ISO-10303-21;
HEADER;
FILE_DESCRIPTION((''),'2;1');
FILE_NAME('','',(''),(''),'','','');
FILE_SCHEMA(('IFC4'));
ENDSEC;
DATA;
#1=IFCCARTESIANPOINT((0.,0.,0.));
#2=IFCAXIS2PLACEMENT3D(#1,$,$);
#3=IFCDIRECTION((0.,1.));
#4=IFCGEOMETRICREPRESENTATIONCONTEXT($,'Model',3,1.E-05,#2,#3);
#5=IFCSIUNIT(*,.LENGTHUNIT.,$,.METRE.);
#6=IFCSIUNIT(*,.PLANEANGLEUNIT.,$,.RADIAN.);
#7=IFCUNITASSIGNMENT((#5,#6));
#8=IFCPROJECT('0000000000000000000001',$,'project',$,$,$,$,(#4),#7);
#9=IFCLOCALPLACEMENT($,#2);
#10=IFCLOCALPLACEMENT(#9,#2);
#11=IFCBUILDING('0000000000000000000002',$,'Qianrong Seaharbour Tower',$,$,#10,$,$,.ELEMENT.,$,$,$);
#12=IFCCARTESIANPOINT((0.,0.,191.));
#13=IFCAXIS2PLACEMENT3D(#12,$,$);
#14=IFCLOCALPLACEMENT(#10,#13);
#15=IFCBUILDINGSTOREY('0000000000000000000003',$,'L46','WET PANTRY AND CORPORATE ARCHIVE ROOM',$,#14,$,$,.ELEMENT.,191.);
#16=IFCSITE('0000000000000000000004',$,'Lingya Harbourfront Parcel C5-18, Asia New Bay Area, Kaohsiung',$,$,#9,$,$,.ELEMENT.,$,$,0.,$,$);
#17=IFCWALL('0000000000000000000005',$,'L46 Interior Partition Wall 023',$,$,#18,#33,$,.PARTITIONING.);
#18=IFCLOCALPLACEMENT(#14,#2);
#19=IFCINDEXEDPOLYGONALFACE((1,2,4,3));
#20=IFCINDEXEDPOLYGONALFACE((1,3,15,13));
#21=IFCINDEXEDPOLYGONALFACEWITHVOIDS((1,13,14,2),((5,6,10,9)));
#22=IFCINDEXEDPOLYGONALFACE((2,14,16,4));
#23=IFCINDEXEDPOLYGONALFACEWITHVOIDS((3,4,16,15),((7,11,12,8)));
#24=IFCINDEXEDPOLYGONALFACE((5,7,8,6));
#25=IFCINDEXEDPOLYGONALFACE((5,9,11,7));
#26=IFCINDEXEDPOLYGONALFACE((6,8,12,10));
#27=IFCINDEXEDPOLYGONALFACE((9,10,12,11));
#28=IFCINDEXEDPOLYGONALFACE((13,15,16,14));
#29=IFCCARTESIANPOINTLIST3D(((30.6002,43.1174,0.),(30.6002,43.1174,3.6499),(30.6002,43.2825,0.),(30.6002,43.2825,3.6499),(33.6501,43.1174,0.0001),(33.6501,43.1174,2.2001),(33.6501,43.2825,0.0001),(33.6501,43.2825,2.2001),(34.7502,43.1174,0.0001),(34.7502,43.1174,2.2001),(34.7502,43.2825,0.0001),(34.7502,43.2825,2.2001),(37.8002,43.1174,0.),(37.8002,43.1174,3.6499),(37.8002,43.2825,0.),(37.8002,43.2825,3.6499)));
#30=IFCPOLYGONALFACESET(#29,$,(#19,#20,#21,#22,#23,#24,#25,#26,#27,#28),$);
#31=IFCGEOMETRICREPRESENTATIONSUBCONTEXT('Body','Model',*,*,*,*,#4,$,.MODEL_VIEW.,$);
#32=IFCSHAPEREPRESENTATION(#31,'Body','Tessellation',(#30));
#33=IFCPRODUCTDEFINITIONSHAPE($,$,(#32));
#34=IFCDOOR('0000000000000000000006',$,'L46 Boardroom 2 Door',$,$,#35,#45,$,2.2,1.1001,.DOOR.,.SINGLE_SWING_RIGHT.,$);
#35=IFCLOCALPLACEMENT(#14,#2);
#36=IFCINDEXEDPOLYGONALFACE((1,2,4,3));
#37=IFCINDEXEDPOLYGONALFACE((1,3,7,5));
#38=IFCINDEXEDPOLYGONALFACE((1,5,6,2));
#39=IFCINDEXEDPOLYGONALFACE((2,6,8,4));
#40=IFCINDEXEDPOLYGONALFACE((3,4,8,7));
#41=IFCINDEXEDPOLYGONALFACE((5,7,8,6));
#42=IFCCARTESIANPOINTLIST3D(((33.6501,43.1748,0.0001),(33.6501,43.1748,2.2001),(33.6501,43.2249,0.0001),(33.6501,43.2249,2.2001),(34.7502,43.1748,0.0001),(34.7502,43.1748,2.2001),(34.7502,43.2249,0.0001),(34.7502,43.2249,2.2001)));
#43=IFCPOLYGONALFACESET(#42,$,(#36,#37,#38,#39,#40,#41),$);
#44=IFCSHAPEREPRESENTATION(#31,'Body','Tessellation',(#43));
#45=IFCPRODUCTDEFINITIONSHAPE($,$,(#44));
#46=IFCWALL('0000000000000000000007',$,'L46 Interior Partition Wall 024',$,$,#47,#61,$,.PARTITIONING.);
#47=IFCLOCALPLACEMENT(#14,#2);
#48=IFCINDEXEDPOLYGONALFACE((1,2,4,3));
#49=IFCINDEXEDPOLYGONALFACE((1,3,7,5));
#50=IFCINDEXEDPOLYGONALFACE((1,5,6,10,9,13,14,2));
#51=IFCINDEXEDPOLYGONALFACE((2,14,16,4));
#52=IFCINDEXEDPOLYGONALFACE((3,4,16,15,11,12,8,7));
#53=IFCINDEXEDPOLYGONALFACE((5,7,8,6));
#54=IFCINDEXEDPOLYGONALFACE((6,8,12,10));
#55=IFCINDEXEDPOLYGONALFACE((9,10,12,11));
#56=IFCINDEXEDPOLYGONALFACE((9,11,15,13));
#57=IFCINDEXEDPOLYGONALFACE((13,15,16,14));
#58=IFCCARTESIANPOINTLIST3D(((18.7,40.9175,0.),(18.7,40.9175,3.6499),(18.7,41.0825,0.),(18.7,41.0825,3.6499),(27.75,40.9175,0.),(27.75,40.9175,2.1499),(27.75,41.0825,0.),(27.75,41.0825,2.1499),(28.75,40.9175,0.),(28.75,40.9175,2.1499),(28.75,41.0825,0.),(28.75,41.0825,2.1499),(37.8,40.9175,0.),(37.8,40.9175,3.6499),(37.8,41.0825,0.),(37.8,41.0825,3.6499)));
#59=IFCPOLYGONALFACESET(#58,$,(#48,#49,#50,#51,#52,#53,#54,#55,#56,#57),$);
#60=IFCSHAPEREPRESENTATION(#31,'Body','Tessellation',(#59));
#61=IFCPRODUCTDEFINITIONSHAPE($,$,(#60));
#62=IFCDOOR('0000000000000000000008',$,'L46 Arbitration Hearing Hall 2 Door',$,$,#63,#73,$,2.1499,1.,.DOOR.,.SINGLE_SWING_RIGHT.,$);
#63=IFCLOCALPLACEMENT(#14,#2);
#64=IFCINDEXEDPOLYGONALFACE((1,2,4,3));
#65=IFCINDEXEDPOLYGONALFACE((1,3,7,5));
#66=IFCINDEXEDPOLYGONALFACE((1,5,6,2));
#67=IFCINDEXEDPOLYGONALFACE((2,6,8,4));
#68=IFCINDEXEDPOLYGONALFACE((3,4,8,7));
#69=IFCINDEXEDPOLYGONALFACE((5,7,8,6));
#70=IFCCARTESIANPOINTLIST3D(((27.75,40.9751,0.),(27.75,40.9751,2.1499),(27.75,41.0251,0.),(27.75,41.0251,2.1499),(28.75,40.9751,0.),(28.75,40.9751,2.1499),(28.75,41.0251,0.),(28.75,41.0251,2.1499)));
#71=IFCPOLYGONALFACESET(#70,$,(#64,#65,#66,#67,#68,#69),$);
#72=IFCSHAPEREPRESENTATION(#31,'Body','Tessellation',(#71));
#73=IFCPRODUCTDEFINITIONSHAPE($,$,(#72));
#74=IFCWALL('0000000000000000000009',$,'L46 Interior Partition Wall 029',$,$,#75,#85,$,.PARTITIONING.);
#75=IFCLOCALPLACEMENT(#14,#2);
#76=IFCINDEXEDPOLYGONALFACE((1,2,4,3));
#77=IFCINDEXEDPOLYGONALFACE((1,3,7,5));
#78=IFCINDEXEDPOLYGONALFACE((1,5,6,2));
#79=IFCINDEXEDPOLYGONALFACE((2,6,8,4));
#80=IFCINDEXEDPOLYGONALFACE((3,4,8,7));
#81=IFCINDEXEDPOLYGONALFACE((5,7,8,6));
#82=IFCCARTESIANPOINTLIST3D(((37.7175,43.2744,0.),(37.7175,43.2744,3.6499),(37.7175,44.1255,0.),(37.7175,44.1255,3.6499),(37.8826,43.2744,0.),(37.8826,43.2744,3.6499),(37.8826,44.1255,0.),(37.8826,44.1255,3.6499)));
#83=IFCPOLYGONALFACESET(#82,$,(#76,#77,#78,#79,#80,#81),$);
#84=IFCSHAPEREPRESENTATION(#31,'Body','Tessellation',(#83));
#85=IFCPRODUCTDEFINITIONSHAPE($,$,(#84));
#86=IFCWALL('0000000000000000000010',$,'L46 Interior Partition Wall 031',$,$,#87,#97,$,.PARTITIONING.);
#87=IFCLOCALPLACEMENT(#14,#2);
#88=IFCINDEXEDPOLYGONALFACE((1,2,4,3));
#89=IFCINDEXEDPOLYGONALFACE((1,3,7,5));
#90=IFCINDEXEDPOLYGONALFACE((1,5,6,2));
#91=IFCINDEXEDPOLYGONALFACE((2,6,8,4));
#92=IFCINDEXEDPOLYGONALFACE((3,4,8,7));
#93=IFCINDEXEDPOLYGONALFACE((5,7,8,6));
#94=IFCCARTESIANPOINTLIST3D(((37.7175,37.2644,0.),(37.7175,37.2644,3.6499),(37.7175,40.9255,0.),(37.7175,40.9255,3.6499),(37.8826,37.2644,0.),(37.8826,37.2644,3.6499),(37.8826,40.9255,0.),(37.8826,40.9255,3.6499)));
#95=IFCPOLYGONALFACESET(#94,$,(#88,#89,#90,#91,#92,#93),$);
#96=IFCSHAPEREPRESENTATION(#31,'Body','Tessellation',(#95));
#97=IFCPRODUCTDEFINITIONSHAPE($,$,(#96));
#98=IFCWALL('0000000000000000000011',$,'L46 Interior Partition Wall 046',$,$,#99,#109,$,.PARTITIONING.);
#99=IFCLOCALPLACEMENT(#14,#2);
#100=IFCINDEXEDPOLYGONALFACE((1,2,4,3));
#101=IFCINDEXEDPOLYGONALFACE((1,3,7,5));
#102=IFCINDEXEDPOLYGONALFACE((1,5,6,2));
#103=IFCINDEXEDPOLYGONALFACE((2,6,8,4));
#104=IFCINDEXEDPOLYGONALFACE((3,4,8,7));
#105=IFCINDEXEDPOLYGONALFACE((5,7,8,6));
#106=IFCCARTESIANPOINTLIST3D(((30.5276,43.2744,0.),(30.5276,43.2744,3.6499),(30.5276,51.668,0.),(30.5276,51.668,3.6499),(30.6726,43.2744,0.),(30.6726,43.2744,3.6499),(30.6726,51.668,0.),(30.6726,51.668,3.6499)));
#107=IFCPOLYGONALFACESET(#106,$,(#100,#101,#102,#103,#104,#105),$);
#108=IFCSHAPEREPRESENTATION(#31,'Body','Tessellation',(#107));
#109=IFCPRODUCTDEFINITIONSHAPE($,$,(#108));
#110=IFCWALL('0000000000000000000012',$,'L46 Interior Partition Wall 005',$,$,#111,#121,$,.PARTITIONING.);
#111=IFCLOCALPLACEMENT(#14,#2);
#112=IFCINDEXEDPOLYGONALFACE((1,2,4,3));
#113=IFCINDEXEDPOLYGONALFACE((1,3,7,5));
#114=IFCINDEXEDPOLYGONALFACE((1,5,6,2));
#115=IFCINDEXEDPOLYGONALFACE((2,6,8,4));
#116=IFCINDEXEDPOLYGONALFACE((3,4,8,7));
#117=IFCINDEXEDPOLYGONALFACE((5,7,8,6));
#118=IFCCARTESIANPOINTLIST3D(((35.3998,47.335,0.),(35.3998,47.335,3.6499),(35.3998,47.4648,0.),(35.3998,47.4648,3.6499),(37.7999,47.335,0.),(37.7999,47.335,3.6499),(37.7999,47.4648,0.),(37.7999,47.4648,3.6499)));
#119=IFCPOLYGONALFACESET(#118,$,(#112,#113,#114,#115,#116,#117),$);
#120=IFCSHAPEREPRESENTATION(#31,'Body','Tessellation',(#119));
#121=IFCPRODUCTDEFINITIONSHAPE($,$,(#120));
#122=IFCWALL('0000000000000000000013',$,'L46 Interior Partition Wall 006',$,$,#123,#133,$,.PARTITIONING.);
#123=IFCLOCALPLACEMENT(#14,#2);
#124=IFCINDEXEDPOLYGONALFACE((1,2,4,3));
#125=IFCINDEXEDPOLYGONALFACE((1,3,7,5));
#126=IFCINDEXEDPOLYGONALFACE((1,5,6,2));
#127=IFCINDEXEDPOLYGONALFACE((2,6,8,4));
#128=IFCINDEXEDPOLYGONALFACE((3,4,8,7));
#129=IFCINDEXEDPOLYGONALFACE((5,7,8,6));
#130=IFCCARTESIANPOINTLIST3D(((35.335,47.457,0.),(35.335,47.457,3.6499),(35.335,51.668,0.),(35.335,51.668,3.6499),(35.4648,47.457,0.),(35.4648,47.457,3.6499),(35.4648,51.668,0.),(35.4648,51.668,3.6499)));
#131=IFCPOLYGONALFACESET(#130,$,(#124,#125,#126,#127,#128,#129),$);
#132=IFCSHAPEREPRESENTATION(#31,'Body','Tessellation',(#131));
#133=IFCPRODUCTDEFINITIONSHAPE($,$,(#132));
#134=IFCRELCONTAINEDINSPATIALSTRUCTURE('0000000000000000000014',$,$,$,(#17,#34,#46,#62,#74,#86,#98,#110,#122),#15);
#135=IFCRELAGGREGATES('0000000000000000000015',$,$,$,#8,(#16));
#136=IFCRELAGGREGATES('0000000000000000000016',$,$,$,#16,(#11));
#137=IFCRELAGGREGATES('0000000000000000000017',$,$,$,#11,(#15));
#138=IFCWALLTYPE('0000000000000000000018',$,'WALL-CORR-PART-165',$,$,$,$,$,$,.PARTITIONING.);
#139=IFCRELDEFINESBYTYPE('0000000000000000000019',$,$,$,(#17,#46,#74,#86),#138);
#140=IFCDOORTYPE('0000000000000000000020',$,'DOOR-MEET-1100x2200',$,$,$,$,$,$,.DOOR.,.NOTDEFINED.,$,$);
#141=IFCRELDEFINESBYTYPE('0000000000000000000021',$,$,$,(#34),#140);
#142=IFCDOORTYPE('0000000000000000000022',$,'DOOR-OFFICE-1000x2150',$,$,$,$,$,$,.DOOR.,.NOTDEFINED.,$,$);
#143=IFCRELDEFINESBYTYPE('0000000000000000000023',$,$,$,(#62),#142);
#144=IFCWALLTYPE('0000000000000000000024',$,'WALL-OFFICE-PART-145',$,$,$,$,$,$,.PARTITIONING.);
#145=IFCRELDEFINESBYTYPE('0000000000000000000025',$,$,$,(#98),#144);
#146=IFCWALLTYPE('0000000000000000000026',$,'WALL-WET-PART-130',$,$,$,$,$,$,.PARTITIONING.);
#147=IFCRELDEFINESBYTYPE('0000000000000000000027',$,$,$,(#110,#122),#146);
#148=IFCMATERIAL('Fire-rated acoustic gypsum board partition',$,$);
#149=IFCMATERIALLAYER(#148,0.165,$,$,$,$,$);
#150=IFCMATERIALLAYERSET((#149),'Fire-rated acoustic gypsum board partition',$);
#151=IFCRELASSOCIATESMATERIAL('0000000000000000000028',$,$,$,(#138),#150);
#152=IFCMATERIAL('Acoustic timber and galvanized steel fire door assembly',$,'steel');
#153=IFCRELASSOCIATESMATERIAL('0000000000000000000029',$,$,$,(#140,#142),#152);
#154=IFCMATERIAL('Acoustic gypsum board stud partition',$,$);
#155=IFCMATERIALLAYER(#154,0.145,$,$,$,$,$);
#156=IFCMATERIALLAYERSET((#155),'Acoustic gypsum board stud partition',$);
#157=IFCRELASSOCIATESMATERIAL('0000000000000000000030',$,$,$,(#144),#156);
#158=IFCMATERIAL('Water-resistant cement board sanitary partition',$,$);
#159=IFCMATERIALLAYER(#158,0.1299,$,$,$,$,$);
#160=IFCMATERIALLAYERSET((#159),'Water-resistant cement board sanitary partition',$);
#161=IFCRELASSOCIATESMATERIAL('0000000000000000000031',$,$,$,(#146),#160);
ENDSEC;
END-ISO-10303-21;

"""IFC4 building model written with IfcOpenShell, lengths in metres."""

from ifc_helpers import new_model, si_unit, direction, frame, frame_2d, origin, place, context, subcontext, project, spatial, rectangle, extrude, material, layer, layer_set, type_object, element, fill, save


model = new_model("IFC4")

# Units and contexts
model_context = context("Model", 3, precision=1e-05, world=origin(), true_north=direction((0.0, 1.0)))
body_context = subcontext(model_context, "Body", "Model", "MODEL_VIEW")
ifc_project = project(units=[si_unit("LENGTHUNIT", "METRE"), si_unit("PLANEANGLEUNIT", "RADIAN")], contexts=[model_context])

# Site, building, storey
site_placement = place(None, origin())
site = spatial("IfcSite", under=ifc_project, at=site_placement, Name="Lingya Harbourfront Parcel C5-18, Asia New Bay Area, Kaohsiung", CompositionType="ELEMENT", RefElevation=0.0)
building_placement = place(site_placement, origin())
building = spatial("IfcBuilding", under=site, at=building_placement, Name="Qianrong Seaharbour Tower", CompositionType="ELEMENT")
storey_placement = place(building_placement, frame((0.0, 0.0, 191.0)))
storey = spatial("IfcBuildingStorey", under=building, at=storey_placement, Name="L46", Description="WET PANTRY AND CORPORATE ARCHIVE ROOM", CompositionType="ELEMENT", Elevation=191.0)

# Shared definitions
ifc_material_1 = material(Name="Fire-rated acoustic gypsum board partition")
ifc_layer_1 = layer(ifc_material_1, 0.165)
ifc_layer_set_1 = layer_set([ifc_layer_1], Name="Fire-rated acoustic gypsum board partition")
wall_type_1 = type_object("IfcWallType", Name="WALL-CORR-PART-165", PredefinedType="PARTITIONING", material=ifc_layer_set_1)
ifc_material_2 = material(Name="Acoustic timber and galvanized steel fire door assembly", Category="steel")

# Walls, openings, doors
wall_1_placement = place(storey_placement, frame((30.6001, 43.2, 0.0), z_axis=(0.0, 0.0, 1.0), x_axis=(1.0, 0.0, 0.0)))
wall_1 = element("IfcWall", 1, at=wall_1_placement, inside=storey, type_object=wall_type_1, Name="L46 Interior Partition Wall 023", PredefinedType="PARTITIONING", context=body_context, shape_type="SweptSolid", body=[
    extrude(rectangle(XDim=7.2, YDim=0.165, at=frame_2d((3.6001, 0.0))), origin(), (0.0, 0.0, 1.0), 3.6499),
])
opening_1_placement = place(wall_1_placement, frame((3.05, 0.0, 0.0)))
opening_1 = element("IfcOpeningElement", 2, at=opening_1_placement, cuts=wall_1, PredefinedType="OPENING", context=body_context, shape_type="SweptSolid", body=[
    extrude(rectangle(XDim=1.1001, YDim=2.2, at=frame_2d((0.55, 1.1001))), frame((0.0, 0.0925, 0.0), z_axis=(0.0, -1.0, 0.0), x_axis=(1.0, 0.0, 0.0)), (0.0, 0.0, 1.0), 0.1851),
])
door_type_1 = type_object("IfcDoorType", Name="DOOR-MEET-1100x2200", OperationType="NOTDEFINED", PredefinedType="DOOR", material=ifc_material_2)
door_1_placement = place(opening_1_placement, origin())
door_1 = element("IfcDoor", 3, at=door_1_placement, inside=storey, type_object=door_type_1, Name="L46 Boardroom 2 Door", OperationType="SINGLE_SWING_RIGHT", OverallHeight=2.2, OverallWidth=1.1001, PredefinedType="DOOR", context=body_context, shape_type="SweptSolid", body=[
    extrude(rectangle(XDim=1.1001, YDim=2.2, at=frame_2d((0.55, 1.1001))), frame((0.0, 0.0249, 0.0), z_axis=(0.0, -1.0, 0.0), x_axis=(1.0, 0.0, 0.0)), (0.0, 0.0, 1.0), 0.05),
])
fill(opening_1, door_1)
wall_2_placement = place(storey_placement, frame((37.8, 41.0, 0.0), z_axis=(0.0, 0.0, 1.0), x_axis=(-1.0, 0.0, 0.0)))
wall_2 = element("IfcWall", 4, at=wall_2_placement, inside=storey, type_object=wall_type_1, Name="L46 Interior Partition Wall 024", PredefinedType="PARTITIONING", context=body_context, shape_type="SweptSolid", body=[
    extrude(rectangle(XDim=19.1001, YDim=0.165, at=frame_2d((9.55, 0.0))), origin(), (0.0, 0.0, 1.0), 3.6499),
])
opening_2_placement = place(wall_2_placement, frame((9.05, 0.0, 0.0)))
opening_2 = element("IfcOpeningElement", 5, at=opening_2_placement, cuts=wall_2, PredefinedType="OPENING", context=body_context, shape_type="SweptSolid", body=[
    extrude(rectangle(XDim=1.0, YDim=2.1499, at=frame_2d((0.5, 1.075))), frame((0.0, 0.0925, 0.0), z_axis=(0.0, -1.0, 0.0), x_axis=(1.0, 0.0, 0.0)), (0.0, 0.0, 1.0), 0.1851),
])
door_type_2 = type_object("IfcDoorType", Name="DOOR-OFFICE-1000x2150", OperationType="NOTDEFINED", PredefinedType="DOOR", material=ifc_material_2)
door_2_placement = place(opening_2_placement, origin())
door_2 = element("IfcDoor", 6, at=door_2_placement, inside=storey, type_object=door_type_2, Name="L46 Arbitration Hearing Hall 2 Door", OperationType="SINGLE_SWING_RIGHT", OverallHeight=2.1499, OverallWidth=1.0, PredefinedType="DOOR", context=body_context, shape_type="SweptSolid", body=[
    extrude(rectangle(XDim=1.0, YDim=2.1499, at=frame_2d((0.5, 1.075))), frame((0.0, 0.0249, 0.0), z_axis=(0.0, -1.0, 0.0), x_axis=(1.0, 0.0, 0.0)), (0.0, 0.0, 1.0), 0.05),
])
fill(opening_2, door_2)

# Walls
wall_3_placement = place(storey_placement, frame((37.8, 43.2744, 0.0), z_axis=(0.0, 0.0, 1.0), x_axis=(0.0, 1.0, 0.0)))
element("IfcWall", 7, at=wall_3_placement, inside=storey, type_object=wall_type_1, Name="L46 Interior Partition Wall 029", PredefinedType="PARTITIONING", context=body_context, shape_type="SweptSolid", body=[
    extrude(rectangle(XDim=0.8511, YDim=0.165, at=frame_2d((0.4255, 0.0))), origin(), (0.0, 0.0, 1.0), 3.6499),
])
wall_4_placement = place(storey_placement, frame((37.8, 37.2644, 0.0), z_axis=(0.0, 0.0, 1.0), x_axis=(0.0, 1.0, 0.0)))
element("IfcWall", 8, at=wall_4_placement, inside=storey, type_object=wall_type_1, Name="L46 Interior Partition Wall 031", PredefinedType="PARTITIONING", context=body_context, shape_type="SweptSolid", body=[
    extrude(rectangle(XDim=3.6611, YDim=0.165, at=frame_2d((1.8306, 0.0))), origin(), (0.0, 0.0, 1.0), 3.6499),
])
ifc_material_3 = material(Name="Acoustic gypsum board stud partition")
ifc_layer_2 = layer(ifc_material_3, 0.145)
ifc_layer_set_2 = layer_set([ifc_layer_2], Name="Acoustic gypsum board stud partition")
wall_type_2 = type_object("IfcWallType", Name="WALL-OFFICE-PART-145", PredefinedType="PARTITIONING", material=ifc_layer_set_2)
wall_5_placement = place(storey_placement, frame((30.6001, 51.668, 0.0), z_axis=(0.0, 0.0, 1.0), x_axis=(0.0, -1.0, 0.0)))
element("IfcWall", 9, at=wall_5_placement, inside=storey, type_object=wall_type_2, Name="L46 Interior Partition Wall 046", PredefinedType="PARTITIONING", context=body_context, shape_type="SweptSolid", body=[
    extrude(rectangle(XDim=8.3936, YDim=0.145, at=frame_2d((4.1968, 0.0))), origin(), (0.0, 0.0, 1.0), 3.6499),
])
ifc_material_4 = material(Name="Water-resistant cement board sanitary partition")
ifc_layer_3 = layer(ifc_material_4, 0.1299)
ifc_layer_set_3 = layer_set([ifc_layer_3], Name="Water-resistant cement board sanitary partition")
wall_type_3 = type_object("IfcWallType", Name="WALL-WET-PART-130", PredefinedType="PARTITIONING", material=ifc_layer_set_3)
wall_6_placement = place(storey_placement, frame((37.8, 47.3999, 0.0), z_axis=(0.0, 0.0, 1.0), x_axis=(-1.0, 0.0, 0.0)))
element("IfcWall", 10, at=wall_6_placement, inside=storey, type_object=wall_type_3, Name="L46 Interior Partition Wall 005", PredefinedType="PARTITIONING", context=body_context, shape_type="SweptSolid", body=[
    extrude(rectangle(XDim=2.4001, YDim=0.1299, at=frame_2d((1.2002, 0.0))), origin(), (0.0, 0.0, 1.0), 3.6499),
])
wall_7_placement = place(storey_placement, frame((35.3999, 47.457, 0.0), z_axis=(0.0, 0.0, 1.0), x_axis=(0.0, 1.0, 0.0)))
element("IfcWall", 11, at=wall_7_placement, inside=storey, type_object=wall_type_3, Name="L46 Interior Partition Wall 006", PredefinedType="PARTITIONING", context=body_context, shape_type="SweptSolid", body=[
    extrude(rectangle(XDim=4.2109, YDim=0.1299, at=frame_2d((2.1055, 0.0))), origin(), (0.0, 0.0, 1.0), 3.6499),
])

save(model, "model.ifc")
